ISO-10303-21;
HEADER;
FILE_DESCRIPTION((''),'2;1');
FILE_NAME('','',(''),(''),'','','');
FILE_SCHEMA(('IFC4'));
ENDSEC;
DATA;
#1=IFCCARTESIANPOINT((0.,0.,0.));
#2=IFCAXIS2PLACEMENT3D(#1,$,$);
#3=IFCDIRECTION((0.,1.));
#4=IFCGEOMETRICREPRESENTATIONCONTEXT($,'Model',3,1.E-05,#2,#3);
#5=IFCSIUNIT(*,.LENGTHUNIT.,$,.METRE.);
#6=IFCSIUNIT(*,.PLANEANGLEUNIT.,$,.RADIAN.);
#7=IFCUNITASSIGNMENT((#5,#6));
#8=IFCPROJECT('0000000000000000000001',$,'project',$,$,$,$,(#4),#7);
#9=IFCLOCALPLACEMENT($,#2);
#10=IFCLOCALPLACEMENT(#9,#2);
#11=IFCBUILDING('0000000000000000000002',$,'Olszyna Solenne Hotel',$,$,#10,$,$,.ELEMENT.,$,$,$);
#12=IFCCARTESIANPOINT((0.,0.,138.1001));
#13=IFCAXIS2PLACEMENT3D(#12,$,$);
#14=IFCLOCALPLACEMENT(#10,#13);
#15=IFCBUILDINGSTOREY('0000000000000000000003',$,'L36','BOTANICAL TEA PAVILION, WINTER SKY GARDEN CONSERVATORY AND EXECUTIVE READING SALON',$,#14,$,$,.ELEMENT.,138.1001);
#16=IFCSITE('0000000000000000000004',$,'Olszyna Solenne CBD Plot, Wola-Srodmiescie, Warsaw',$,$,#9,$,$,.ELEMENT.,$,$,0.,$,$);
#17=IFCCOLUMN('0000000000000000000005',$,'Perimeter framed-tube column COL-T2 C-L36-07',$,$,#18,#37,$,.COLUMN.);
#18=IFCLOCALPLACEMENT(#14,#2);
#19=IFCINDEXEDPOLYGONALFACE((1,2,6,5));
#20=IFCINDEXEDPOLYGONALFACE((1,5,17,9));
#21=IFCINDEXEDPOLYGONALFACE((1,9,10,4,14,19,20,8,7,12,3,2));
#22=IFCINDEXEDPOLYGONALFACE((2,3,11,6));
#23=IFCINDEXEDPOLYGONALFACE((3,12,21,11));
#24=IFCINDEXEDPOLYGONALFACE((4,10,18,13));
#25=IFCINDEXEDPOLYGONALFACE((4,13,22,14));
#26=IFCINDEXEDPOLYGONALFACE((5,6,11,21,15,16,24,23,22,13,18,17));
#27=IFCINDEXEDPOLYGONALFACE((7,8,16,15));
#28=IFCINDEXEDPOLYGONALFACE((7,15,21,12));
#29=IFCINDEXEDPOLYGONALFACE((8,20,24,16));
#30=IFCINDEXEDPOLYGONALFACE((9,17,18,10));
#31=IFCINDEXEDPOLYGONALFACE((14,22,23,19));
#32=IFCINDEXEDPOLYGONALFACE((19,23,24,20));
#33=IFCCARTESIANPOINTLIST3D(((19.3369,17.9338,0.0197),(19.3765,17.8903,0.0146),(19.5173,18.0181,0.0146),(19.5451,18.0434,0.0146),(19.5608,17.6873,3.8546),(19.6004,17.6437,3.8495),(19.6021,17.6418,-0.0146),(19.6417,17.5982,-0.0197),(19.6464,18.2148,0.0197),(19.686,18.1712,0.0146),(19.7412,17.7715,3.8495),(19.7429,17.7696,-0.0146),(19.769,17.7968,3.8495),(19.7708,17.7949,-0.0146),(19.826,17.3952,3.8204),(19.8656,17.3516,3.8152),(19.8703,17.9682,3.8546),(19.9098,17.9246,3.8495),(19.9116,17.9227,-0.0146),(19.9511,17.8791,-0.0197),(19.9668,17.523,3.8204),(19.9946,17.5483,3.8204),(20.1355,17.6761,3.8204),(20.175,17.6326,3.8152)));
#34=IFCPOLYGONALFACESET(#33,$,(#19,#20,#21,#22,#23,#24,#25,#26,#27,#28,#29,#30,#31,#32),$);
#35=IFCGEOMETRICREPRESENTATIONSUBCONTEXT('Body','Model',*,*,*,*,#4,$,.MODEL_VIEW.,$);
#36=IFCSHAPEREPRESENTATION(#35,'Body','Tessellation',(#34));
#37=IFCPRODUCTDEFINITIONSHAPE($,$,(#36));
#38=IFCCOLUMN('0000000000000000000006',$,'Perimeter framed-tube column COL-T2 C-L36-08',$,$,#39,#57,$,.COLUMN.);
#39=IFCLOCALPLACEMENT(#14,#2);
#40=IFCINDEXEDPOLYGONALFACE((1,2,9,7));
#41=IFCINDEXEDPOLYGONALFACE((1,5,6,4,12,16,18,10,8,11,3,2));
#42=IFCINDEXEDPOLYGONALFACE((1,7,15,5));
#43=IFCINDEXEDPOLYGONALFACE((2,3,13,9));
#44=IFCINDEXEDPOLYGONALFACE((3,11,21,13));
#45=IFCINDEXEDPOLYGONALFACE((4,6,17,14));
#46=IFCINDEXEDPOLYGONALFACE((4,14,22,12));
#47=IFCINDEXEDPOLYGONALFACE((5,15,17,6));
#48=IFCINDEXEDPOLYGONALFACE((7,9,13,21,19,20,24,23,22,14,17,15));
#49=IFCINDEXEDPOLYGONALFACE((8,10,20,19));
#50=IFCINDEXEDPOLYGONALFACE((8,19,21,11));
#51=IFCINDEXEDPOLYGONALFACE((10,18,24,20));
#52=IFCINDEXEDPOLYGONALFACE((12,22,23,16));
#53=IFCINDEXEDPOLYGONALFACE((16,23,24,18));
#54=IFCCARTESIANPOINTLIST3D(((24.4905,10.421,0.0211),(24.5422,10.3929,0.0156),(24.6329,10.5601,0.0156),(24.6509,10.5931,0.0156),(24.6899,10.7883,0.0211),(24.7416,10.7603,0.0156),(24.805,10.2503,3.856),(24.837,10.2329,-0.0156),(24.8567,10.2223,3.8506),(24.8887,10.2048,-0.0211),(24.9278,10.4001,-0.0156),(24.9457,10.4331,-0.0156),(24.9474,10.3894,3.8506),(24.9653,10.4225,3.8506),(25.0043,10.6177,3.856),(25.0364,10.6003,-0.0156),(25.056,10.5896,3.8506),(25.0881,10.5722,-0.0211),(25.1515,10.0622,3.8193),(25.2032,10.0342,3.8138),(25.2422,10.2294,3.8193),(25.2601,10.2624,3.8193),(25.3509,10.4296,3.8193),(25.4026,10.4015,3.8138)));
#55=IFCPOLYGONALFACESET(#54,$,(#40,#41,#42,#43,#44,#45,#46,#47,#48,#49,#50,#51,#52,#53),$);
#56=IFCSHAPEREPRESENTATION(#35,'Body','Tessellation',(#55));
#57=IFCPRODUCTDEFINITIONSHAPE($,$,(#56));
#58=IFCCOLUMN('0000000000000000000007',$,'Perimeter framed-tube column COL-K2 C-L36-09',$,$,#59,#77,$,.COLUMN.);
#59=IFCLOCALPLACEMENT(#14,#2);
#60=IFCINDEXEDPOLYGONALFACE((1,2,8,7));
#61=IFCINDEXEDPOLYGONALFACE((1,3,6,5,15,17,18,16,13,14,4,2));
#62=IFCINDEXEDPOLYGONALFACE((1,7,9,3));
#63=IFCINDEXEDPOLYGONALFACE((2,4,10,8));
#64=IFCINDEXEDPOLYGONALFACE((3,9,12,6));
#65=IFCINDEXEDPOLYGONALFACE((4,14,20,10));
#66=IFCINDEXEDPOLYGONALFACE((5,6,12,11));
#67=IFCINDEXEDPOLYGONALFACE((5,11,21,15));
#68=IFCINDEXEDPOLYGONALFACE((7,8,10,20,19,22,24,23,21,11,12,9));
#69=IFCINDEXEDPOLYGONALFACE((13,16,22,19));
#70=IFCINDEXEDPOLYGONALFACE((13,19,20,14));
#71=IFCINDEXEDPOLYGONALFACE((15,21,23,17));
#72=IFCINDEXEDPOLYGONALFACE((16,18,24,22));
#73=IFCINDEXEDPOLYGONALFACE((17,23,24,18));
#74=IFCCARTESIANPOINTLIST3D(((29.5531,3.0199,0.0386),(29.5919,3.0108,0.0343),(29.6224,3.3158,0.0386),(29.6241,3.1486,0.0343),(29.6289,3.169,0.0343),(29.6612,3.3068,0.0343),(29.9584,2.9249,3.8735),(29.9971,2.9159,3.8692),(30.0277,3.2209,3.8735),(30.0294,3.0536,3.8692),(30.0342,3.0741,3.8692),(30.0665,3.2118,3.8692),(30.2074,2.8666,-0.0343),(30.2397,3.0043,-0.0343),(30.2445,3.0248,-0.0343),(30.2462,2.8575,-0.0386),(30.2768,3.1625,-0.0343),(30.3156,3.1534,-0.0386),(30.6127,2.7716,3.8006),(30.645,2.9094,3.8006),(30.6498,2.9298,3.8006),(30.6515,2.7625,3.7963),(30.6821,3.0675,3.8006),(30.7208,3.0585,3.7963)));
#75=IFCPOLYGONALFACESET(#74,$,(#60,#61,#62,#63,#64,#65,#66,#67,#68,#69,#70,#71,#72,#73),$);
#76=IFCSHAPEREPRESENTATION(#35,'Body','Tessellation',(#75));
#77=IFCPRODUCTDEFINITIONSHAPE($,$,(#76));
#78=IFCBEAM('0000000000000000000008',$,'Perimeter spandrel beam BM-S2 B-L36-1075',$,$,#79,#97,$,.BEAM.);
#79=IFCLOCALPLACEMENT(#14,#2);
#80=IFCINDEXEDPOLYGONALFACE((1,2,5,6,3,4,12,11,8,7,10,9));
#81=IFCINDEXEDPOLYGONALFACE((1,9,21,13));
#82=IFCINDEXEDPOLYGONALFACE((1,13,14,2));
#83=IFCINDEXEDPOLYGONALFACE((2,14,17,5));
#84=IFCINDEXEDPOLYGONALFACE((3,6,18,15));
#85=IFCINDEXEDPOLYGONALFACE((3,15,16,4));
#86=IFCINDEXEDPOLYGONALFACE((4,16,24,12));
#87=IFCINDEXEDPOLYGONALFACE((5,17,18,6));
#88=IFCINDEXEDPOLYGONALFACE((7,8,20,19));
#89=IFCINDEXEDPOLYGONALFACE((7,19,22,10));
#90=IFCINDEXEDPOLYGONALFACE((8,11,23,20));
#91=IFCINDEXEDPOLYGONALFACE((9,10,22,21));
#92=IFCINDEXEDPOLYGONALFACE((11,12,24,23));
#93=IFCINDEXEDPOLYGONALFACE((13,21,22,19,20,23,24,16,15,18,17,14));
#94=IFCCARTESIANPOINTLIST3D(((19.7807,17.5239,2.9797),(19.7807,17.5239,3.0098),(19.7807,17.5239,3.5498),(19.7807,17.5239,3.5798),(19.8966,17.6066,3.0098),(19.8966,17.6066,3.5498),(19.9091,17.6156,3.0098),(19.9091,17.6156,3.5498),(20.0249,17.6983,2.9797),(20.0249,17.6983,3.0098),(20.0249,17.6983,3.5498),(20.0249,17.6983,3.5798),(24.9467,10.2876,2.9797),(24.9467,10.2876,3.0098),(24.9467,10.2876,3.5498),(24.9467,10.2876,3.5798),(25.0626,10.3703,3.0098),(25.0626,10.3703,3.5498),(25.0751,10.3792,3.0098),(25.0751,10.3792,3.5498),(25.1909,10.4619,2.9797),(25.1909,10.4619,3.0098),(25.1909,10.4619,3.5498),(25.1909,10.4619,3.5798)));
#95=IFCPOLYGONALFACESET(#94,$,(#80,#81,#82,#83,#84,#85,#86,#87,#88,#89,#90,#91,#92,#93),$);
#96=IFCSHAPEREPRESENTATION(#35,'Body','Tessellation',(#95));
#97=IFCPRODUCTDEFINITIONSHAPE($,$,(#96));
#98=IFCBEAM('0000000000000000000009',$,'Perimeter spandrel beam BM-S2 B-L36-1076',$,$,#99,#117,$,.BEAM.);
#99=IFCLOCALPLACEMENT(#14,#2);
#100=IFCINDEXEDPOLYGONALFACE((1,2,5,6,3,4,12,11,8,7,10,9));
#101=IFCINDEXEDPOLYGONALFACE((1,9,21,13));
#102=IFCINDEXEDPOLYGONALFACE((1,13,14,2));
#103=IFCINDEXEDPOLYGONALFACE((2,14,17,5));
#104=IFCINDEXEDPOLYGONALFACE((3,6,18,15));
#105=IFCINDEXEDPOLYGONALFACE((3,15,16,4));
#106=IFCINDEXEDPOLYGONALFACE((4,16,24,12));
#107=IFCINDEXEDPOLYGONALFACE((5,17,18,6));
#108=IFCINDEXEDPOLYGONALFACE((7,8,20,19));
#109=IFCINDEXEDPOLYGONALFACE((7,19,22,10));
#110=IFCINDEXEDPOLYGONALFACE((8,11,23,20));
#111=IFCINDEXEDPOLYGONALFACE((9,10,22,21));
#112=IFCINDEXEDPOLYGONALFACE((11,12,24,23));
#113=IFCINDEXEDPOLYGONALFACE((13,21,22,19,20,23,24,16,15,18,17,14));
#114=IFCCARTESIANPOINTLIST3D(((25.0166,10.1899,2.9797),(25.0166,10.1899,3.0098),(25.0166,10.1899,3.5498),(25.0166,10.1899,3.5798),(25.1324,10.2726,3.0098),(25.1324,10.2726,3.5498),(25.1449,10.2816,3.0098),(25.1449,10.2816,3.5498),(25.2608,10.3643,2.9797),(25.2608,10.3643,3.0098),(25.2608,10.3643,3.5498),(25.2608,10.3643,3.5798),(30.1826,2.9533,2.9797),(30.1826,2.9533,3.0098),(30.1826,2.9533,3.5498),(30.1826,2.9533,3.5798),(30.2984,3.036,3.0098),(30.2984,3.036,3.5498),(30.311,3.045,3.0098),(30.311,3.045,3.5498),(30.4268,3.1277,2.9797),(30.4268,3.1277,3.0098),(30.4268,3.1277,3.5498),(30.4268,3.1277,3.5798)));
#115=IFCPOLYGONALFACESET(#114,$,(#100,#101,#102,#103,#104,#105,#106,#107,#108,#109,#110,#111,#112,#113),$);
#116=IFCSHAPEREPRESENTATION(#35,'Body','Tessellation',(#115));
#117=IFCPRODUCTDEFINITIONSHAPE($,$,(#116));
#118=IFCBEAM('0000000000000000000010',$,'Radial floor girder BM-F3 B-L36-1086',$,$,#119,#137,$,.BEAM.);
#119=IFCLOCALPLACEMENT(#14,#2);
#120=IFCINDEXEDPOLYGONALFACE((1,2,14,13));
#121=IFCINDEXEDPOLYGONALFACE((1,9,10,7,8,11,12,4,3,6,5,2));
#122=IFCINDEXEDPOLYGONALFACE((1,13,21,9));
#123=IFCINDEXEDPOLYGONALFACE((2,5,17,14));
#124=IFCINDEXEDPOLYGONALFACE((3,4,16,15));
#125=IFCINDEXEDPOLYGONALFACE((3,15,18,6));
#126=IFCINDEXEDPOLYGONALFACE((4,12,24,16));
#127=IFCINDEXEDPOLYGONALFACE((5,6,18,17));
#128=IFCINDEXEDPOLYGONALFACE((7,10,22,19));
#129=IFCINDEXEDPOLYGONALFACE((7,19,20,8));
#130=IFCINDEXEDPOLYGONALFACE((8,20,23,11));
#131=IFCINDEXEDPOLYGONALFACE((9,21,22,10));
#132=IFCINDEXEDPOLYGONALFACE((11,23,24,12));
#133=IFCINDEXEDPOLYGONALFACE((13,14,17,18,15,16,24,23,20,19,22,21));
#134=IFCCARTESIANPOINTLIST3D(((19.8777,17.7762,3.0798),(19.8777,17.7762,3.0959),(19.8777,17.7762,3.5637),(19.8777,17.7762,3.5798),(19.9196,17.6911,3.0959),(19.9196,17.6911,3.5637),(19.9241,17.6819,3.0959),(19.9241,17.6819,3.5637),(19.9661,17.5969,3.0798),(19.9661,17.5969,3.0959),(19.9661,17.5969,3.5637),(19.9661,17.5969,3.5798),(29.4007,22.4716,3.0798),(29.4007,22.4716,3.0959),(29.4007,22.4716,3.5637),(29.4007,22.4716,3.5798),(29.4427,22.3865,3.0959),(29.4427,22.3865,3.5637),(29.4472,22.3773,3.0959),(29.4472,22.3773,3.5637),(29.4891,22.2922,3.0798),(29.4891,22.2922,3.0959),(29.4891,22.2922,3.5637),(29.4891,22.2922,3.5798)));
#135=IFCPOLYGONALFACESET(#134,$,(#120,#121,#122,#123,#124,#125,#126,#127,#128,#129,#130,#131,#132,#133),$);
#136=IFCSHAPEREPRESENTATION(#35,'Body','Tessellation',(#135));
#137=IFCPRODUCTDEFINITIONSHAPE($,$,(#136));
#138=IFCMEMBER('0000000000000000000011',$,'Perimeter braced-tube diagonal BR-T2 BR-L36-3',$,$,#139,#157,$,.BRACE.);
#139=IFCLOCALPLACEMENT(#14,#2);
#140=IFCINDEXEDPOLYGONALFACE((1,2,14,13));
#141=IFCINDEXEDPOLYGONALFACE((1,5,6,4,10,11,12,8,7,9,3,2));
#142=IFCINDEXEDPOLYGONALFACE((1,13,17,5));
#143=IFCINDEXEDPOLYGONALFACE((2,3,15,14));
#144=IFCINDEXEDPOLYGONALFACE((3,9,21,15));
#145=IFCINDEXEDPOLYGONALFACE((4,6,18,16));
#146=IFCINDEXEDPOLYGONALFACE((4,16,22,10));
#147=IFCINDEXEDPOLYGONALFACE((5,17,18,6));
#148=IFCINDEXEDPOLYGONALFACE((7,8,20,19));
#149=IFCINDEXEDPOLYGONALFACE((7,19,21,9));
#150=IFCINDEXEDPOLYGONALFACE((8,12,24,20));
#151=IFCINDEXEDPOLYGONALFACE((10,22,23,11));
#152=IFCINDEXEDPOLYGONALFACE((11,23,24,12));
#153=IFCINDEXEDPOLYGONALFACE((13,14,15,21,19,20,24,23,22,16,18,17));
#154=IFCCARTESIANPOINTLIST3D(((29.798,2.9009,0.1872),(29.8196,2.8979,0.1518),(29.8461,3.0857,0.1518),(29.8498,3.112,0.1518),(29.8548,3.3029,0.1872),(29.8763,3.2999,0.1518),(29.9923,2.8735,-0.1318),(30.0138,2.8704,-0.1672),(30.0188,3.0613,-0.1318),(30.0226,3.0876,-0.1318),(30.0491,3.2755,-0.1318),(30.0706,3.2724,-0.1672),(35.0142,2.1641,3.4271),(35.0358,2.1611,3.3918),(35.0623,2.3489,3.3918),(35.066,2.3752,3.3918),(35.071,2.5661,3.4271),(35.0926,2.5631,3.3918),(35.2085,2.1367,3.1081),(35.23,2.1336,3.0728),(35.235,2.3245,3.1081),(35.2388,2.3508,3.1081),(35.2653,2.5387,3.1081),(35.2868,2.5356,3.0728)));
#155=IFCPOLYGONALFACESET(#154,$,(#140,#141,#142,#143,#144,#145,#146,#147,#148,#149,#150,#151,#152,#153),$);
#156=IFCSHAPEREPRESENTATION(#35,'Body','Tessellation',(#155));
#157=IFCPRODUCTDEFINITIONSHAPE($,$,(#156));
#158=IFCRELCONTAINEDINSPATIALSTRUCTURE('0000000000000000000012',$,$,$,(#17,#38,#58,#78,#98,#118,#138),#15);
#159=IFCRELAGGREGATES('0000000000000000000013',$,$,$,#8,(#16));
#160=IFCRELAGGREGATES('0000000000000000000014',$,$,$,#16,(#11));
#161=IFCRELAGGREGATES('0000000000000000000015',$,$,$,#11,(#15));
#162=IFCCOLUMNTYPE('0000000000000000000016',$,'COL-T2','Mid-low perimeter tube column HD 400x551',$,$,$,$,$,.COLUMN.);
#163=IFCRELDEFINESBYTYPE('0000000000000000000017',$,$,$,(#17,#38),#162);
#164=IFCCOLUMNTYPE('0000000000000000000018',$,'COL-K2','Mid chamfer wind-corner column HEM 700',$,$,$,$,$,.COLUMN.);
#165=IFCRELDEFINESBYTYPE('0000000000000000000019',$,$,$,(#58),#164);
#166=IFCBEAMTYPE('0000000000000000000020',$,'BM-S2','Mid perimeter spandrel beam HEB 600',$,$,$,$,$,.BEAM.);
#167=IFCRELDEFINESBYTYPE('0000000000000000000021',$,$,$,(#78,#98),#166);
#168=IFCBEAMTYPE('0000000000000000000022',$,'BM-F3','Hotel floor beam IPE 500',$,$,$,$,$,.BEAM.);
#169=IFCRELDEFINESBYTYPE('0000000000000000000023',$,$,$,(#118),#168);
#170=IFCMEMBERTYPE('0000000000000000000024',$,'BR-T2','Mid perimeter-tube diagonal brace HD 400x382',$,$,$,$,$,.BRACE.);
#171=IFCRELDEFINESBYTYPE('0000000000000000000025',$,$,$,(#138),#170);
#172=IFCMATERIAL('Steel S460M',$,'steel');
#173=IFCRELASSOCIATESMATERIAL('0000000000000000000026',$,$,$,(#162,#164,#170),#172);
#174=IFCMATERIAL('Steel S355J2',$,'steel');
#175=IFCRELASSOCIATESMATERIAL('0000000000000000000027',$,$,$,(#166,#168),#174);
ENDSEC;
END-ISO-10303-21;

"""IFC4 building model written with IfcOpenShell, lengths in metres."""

from ifc_helpers import new_model, si_unit, direction, frame, origin, origin_2d, place, context, subcontext, project, spatial, i_section, extrude, source, transform, mapped, material, material_profile, profile_set, type_object, element, save


model = new_model("IFC4")

# Units and contexts
model_context = context("Model", 3, precision=1e-05, world=origin(), true_north=direction((0.0, 1.0)))
body_context = subcontext(model_context, "Body", "Model", "MODEL_VIEW")
ifc_project = project(units=[si_unit("LENGTHUNIT", "METRE"), si_unit("PLANEANGLEUNIT", "RADIAN")], contexts=[model_context])

# Site, building, storey
site_placement = place(None, origin())
site = spatial("IfcSite", under=ifc_project, at=site_placement, Name="Olszyna Solenne CBD Plot, Wola-Srodmiescie, Warsaw", CompositionType="ELEMENT", RefElevation=0.0)
building_placement = place(site_placement, origin())
building = spatial("IfcBuilding", under=site, at=building_placement, Name="Olszyna Solenne Hotel", CompositionType="ELEMENT")
storey_placement = place(building_placement, frame((0.0, 0.0, 138.1001)))
storey = spatial("IfcBuildingStorey", under=building, at=storey_placement, Name="L36", Description="BOTANICAL TEA PAVILION, WINTER SKY GARDEN CONSERVATORY AND EXECUTIVE READING SALON", CompositionType="ELEMENT", Elevation=138.1001)

# Columns
ifc_material_1 = material(Name="Steel S460M", Category="steel")
ifc_material_profile_1 = material_profile(ifc_material_1, i_section(OverallWidth=0.418, OverallDepth=0.4551, WebThickness=0.0376, FlangeThickness=0.0591, at=origin_2d()), Name="HD 400x551", Category="load-bearing")
ifc_profile_set_1 = profile_set([ifc_material_profile_1], Name="Steel S460M")
column_type_1 = type_object("IfcColumnType", Name="COL-T2", Description="Mid-low perimeter tube column HD 400x551", PredefinedType="COLUMN", material=ifc_profile_set_1)
shared_shape_1 = source(origin(), body_context, "Body", "SweptSolid", [
    extrude(i_section(OverallWidth=0.418, OverallDepth=0.4551, WebThickness=0.0376, FlangeThickness=0.0591, at=origin_2d()), origin(), (0.0, 0.0, 1.0), 3.8494),
])
column_1_placement = place(storey_placement, frame((19.644, 17.9065, 0.0), z_axis=(0.058159, -0.064057, 0.99625), x_axis=(0.740371, 0.672198, 0.0)))
element("IfcColumn", 1, at=column_1_placement, inside=storey, type_object=column_type_1, Name="Perimeter framed-tube column COL-T2 C-L36-07", PredefinedType="COLUMN", context=body_context, shape_type="MappedRepresentation", body=[
    mapped(shared_shape_1, transform((0.0, 0.0, 0.0), x_axis=(1.0, 0.0, 0.0), y_axis=(0.0, 1.0, 0.0), z_axis=(0.0, 0.0, 1.0), scale=1.0)),
])
shared_shape_2 = source(origin(), body_context, "Body", "SweptSolid", [
    extrude(i_section(OverallWidth=0.418, OverallDepth=0.4551, WebThickness=0.0376, FlangeThickness=0.0591, at=origin_2d()), origin(), (0.0, 0.0, 1.0), 3.8516),
])
column_2_placement = place(storey_placement, frame((24.7893, 10.4966, 0.0), z_axis=(0.081642, -0.044307, 0.995676), x_axis=(0.476986, 0.878911, 0.0)))
element("IfcColumn", 2, at=column_2_placement, inside=storey, type_object=column_type_1, Name="Perimeter framed-tube column COL-T2 C-L36-08", PredefinedType="COLUMN", context=body_context, shape_type="MappedRepresentation", body=[
    mapped(shared_shape_2, transform((0.0, 0.0, 0.0), x_axis=(1.0, 0.0, 0.0), y_axis=(0.0, 1.0, 0.0), z_axis=(0.0, 0.0, 1.0), scale=1.0)),
])
ifc_material_profile_2 = material_profile(ifc_material_1, i_section(OverallWidth=0.304, OverallDepth=0.7161, WebThickness=0.021, FlangeThickness=0.04, at=origin_2d()), Name="HEM 700", Category="load-bearing")
ifc_profile_set_2 = profile_set([ifc_material_profile_2], Name="Steel S460M")
column_type_2 = type_object("IfcColumnType", Name="COL-K2", Description="Mid chamfer wind-corner column HEM 700", PredefinedType="COLUMN", material=ifc_profile_set_2)
shared_shape_3 = source(origin(), body_context, "Body", "SweptSolid", [
    extrude(i_section(OverallWidth=0.304, OverallDepth=0.7161, WebThickness=0.021, FlangeThickness=0.04, at=origin_2d()), origin(), (0.0, 0.0, 1.0), 3.8574),
])
column_3_placement = place(storey_placement, frame((29.9343, 3.0867, 0.0), z_axis=(0.105062, -0.02462, 0.994161), x_axis=(0.228157, 0.973624, 0.0)))
element("IfcColumn", 3, at=column_3_placement, inside=storey, type_object=column_type_2, Name="Perimeter framed-tube column COL-K2 C-L36-09", PredefinedType="COLUMN", context=body_context, shape_type="MappedRepresentation", body=[
    mapped(shared_shape_3, transform((0.0, 0.0, 0.0), x_axis=(1.0, 0.0, 0.0), y_axis=(0.0, 1.0, 0.0), z_axis=(0.0, 0.0, 1.0), scale=1.0)),
])

# Beams
ifc_material_2 = material(Name="Steel S355J2", Category="steel")
ifc_material_profile_3 = material_profile(ifc_material_2, i_section(OverallWidth=0.3, OverallDepth=0.6001, WebThickness=0.0154, FlangeThickness=0.03, at=origin_2d()), Name="HEB 600", Category="load-bearing")
ifc_profile_set_3 = profile_set([ifc_material_profile_3], Name="Steel S355J2")
beam_type_1 = type_object("IfcBeamType", Name="BM-S2", Description="Mid perimeter spandrel beam HEB 600", PredefinedType="BEAM", material=ifc_profile_set_3)
shared_shape_4 = source(origin(), body_context, "Body", "SweptSolid", [
    extrude(i_section(OverallWidth=0.3, OverallDepth=0.6001, WebThickness=0.0154, FlangeThickness=0.03, at=origin_2d()), origin(), (0.0, 0.0, 1.0), 8.8911),
])
beam_1_placement = place(storey_placement, frame((19.9028, 17.6111, 3.2798), z_axis=(0.58103, -0.813882, 0.0), x_axis=(0.813882, 0.58103, 0.0)))
element("IfcBeam", 4, at=beam_1_placement, inside=storey, type_object=beam_type_1, Name="Perimeter spandrel beam BM-S2 B-L36-1075", PredefinedType="BEAM", context=body_context, shape_type="MappedRepresentation", body=[
    mapped(shared_shape_4, transform((0.0, 0.0, 0.0), x_axis=(1.0, 0.0, 0.0), y_axis=(0.0, 1.0, 0.0), z_axis=(0.0, 0.0, 1.0), scale=1.0)),
])
shared_shape_5 = source(origin(), body_context, "Body", "SweptSolid", [
    extrude(i_section(OverallWidth=0.3, OverallDepth=0.6001, WebThickness=0.0154, FlangeThickness=0.03, at=origin_2d()), origin(), (0.0, 0.0, 1.0), 8.8914),
])
beam_2_placement = place(storey_placement, frame((25.1387, 10.2771, 3.2798), z_axis=(0.581017, -0.813891, 0.0), x_axis=(0.813891, 0.581017, 0.0)))
element("IfcBeam", 5, at=beam_2_placement, inside=storey, type_object=beam_type_1, Name="Perimeter spandrel beam BM-S2 B-L36-1076", PredefinedType="BEAM", context=body_context, shape_type="MappedRepresentation", body=[
    mapped(shared_shape_5, transform((0.0, 0.0, 0.0), x_axis=(1.0, 0.0, 0.0), y_axis=(0.0, 1.0, 0.0), z_axis=(0.0, 0.0, 1.0), scale=1.0)),
])
ifc_material_profile_4 = material_profile(ifc_material_2, i_section(OverallWidth=0.2, OverallDepth=0.5, WebThickness=0.0103, FlangeThickness=0.0161, at=origin_2d()), Name="IPE 500", Category="load-bearing")
ifc_profile_set_4 = profile_set([ifc_material_profile_4], Name="Steel S355J2")
beam_type_2 = type_object("IfcBeamType", Name="BM-F3", Description="Hotel floor beam IPE 500", PredefinedType="BEAM", material=ifc_profile_set_4)
shared_shape_6 = source(origin(), body_context, "Body", "SweptSolid", [
    extrude(i_section(OverallWidth=0.2, OverallDepth=0.5, WebThickness=0.0103, FlangeThickness=0.0161, at=origin_2d()), origin(), (0.0, 0.0, 1.0), 10.6177),
])
beam_3_placement = place(storey_placement, frame((19.9219, 17.6865, 3.3298), z_axis=(0.896906, 0.442222, 0.0), x_axis=(-0.442222, 0.896906, 0.0)))
element("IfcBeam", 6, at=beam_3_placement, inside=storey, type_object=beam_type_2, Name="Radial floor girder BM-F3 B-L36-1086", PredefinedType="BEAM", context=body_context, shape_type="MappedRepresentation", body=[
    mapped(shared_shape_6, transform((0.0, 0.0, 0.0), x_axis=(1.0, 0.0, 0.0), y_axis=(0.0, 1.0, 0.0), z_axis=(0.0, 0.0, 1.0), scale=1.0)),
])

# Member
ifc_material_profile_5 = material_profile(ifc_material_1, i_section(OverallWidth=0.406, OverallDepth=0.416, WebThickness=0.0266, FlangeThickness=0.0415, at=origin_2d()), Name="HD 400x382", Category="load-bearing")
ifc_profile_set_5 = profile_set([ifc_material_profile_5], Name="Steel S460M")
member_type_1 = type_object("IfcMemberType", Name="BR-T2", Description="Mid perimeter-tube diagonal brace HD 400x382", PredefinedType="BRACE", material=ifc_profile_set_5)
shared_shape_7 = source(origin(), body_context, "Body", "SweptSolid", [
    extrude(i_section(OverallWidth=0.406, OverallDepth=0.416, WebThickness=0.0266, FlangeThickness=0.0415, at=origin_2d()), origin(), (0.0, 0.0, 1.0), 6.1846),
])
member_1_placement = place(storey_placement, frame((29.9343, 3.0867, 0.01), z_axis=(0.843424, -0.119136, 0.523873), x_axis=(0.139864, 0.990171, 0.0)))
element("IfcMember", 7, at=member_1_placement, inside=storey, type_object=member_type_1, Name="Perimeter braced-tube diagonal BR-T2 BR-L36-3", PredefinedType="BRACE", context=body_context, shape_type="MappedRepresentation", body=[
    mapped(shared_shape_7, transform((0.0, 0.0, 0.0), x_axis=(1.0, 0.0, 0.0), y_axis=(0.0, 1.0, 0.0), z_axis=(0.0, 0.0, 1.0), scale=1.0)),
])

save(model, "model.ifc")
